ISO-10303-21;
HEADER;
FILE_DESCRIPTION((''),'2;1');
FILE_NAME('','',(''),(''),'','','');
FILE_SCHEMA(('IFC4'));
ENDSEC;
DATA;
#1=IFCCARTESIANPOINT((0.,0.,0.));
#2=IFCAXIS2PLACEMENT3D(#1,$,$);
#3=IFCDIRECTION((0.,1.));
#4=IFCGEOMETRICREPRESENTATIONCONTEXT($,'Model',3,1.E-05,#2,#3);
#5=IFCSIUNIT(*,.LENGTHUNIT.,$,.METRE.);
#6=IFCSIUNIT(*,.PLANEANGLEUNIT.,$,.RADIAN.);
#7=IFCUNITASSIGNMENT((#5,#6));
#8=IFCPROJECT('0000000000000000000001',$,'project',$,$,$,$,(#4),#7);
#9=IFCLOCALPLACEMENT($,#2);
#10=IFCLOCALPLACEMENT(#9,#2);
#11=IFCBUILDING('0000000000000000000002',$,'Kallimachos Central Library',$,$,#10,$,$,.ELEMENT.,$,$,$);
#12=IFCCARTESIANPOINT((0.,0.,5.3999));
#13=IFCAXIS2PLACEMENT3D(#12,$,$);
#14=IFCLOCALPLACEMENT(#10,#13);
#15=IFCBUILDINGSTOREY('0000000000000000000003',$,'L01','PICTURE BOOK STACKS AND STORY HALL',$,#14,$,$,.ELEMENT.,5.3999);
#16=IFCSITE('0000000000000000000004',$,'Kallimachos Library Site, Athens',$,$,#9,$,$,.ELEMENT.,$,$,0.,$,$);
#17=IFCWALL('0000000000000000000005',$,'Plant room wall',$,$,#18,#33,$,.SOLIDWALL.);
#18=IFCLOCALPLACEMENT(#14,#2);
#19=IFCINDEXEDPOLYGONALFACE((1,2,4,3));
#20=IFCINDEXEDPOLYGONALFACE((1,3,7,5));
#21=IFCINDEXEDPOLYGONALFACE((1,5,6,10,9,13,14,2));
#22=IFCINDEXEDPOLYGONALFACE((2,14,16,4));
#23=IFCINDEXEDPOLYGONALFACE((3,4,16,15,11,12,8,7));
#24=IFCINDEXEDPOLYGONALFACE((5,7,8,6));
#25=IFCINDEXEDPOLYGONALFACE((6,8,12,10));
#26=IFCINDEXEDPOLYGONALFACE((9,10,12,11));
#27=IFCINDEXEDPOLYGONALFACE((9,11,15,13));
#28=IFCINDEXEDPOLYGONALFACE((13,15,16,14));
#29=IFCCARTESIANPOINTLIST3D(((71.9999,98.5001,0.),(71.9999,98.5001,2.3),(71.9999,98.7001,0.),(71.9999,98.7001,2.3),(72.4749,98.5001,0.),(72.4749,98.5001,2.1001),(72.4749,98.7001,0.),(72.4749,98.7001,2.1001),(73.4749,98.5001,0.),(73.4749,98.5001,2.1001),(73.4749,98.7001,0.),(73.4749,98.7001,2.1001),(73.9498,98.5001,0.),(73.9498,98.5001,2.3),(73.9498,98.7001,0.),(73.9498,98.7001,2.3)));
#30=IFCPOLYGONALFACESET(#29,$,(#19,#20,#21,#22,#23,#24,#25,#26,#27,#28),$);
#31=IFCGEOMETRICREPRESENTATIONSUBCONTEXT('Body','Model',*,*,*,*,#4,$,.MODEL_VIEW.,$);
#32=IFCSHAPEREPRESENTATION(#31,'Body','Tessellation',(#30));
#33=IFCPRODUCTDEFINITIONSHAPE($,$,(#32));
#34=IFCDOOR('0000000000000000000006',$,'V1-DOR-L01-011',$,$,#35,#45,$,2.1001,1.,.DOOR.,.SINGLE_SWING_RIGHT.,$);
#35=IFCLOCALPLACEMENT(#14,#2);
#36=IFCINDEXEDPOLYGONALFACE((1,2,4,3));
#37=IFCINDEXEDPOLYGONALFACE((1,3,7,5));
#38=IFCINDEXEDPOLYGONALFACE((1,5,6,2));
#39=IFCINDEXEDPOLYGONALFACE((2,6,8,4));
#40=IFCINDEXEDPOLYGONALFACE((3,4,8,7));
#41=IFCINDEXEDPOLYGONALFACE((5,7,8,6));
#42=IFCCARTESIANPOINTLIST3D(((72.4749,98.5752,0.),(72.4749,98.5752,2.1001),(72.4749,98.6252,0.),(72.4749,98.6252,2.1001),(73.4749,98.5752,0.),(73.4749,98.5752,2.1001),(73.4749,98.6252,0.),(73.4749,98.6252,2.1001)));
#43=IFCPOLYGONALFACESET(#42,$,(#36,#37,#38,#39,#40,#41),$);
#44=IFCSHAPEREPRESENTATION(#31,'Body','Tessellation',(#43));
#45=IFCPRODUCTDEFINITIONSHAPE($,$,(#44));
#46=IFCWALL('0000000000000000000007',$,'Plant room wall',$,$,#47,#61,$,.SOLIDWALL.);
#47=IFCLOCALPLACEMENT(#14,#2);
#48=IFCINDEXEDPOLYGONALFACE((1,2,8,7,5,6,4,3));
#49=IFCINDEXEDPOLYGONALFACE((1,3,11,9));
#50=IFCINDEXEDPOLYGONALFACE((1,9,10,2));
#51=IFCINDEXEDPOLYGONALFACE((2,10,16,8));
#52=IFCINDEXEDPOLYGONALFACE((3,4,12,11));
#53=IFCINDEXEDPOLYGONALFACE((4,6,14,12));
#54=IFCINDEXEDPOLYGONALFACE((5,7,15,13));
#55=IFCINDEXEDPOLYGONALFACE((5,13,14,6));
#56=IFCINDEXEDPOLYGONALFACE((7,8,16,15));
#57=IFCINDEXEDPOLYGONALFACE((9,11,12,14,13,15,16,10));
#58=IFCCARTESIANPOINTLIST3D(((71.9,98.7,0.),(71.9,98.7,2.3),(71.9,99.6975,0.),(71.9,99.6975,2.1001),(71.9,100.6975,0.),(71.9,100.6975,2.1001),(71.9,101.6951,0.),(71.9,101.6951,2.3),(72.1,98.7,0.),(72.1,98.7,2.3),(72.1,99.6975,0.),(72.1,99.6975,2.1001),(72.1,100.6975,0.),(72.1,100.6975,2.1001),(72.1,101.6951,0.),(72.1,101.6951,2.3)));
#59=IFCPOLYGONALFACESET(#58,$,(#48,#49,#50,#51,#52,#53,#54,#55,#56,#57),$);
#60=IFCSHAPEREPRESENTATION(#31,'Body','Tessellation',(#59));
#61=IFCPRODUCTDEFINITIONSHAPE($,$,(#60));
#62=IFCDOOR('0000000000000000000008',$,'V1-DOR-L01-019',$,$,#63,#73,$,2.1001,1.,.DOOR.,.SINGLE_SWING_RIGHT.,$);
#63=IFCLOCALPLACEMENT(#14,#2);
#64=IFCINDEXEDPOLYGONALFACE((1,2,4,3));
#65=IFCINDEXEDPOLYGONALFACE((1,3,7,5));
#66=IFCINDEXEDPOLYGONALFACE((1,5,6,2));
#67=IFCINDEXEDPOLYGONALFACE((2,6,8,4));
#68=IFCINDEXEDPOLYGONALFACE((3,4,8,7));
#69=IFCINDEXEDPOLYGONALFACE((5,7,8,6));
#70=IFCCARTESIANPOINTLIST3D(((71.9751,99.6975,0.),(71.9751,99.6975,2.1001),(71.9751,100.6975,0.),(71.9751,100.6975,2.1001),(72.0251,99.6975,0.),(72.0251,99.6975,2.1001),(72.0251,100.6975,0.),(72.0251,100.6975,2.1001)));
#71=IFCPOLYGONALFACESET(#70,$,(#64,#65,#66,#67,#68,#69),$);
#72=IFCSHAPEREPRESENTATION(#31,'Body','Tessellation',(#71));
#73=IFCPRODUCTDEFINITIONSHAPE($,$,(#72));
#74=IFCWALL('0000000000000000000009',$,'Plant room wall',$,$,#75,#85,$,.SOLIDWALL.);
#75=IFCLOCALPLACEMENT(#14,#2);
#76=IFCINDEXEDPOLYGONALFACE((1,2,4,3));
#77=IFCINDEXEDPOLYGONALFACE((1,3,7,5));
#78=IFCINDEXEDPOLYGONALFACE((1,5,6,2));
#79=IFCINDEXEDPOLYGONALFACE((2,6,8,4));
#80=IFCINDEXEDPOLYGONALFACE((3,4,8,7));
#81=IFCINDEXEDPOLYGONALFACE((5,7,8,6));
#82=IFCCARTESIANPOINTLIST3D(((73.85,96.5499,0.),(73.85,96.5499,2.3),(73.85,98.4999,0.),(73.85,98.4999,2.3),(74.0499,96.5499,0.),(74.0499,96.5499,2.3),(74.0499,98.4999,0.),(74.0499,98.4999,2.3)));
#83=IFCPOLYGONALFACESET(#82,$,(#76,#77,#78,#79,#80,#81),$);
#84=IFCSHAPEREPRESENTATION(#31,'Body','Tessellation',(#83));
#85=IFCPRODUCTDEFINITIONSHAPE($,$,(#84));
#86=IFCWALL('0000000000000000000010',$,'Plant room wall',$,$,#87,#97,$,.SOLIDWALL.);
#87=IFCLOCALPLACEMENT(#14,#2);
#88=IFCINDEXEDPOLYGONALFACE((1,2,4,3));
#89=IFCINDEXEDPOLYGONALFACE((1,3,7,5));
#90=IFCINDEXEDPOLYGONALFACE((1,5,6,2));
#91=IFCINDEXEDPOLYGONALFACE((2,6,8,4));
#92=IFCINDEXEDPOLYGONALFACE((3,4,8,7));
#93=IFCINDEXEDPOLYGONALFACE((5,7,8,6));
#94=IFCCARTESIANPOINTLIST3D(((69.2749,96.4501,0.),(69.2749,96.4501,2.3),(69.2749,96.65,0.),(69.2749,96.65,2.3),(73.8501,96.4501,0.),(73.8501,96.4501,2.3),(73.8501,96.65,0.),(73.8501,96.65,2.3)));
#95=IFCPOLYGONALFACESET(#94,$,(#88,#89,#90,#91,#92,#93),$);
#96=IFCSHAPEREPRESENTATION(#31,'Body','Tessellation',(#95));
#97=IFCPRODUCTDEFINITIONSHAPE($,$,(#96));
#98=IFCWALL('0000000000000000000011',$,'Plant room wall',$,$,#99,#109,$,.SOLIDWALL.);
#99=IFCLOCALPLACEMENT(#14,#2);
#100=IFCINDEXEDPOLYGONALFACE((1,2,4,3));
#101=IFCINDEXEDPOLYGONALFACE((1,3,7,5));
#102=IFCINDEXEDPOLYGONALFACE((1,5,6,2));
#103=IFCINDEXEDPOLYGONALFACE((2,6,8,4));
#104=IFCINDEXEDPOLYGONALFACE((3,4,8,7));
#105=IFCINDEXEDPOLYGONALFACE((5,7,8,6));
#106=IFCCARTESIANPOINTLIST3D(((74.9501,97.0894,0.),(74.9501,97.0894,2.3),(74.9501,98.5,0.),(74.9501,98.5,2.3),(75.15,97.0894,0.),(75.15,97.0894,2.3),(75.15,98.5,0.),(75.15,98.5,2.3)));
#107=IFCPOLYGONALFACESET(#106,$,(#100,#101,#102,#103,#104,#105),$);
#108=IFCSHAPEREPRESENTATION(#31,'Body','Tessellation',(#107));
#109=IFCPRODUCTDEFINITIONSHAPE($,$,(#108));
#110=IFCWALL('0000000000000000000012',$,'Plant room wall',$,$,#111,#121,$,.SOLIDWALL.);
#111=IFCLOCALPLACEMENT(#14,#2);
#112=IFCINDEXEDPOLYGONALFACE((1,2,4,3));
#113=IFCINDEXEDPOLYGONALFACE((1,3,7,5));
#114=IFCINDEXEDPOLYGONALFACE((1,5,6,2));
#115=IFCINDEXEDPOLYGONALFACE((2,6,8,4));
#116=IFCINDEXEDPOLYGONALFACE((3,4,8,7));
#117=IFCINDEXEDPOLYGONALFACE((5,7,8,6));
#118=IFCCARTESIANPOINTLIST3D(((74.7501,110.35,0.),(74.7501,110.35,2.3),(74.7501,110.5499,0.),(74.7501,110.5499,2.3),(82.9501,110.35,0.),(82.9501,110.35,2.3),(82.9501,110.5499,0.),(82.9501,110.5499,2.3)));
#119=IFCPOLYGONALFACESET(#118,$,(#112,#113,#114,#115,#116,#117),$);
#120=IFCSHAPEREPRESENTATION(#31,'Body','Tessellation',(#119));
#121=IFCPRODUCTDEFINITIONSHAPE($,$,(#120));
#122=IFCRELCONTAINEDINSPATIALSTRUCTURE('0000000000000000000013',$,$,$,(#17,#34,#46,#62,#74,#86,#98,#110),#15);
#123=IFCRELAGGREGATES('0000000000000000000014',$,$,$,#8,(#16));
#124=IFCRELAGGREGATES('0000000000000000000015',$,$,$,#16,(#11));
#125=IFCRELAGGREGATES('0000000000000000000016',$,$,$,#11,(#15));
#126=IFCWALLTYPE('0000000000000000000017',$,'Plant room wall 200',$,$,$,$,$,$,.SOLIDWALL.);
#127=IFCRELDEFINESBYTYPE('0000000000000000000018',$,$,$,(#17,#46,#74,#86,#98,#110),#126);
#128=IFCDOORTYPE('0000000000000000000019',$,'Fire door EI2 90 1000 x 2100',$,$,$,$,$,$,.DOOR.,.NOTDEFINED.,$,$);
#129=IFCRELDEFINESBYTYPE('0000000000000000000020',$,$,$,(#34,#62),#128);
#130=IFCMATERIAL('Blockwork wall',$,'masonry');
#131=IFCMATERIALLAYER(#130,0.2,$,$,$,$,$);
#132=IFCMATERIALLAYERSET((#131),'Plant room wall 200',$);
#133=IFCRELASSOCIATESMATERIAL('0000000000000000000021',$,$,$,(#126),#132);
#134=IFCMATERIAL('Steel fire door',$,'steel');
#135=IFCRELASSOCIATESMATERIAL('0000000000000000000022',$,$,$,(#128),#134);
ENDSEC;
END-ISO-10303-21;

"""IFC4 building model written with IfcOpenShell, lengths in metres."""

from ifc_helpers import new_model, si_unit, direction, frame, frame_2d, origin, place, context, subcontext, project, spatial, rectangle, extrude, material, layer, layer_set, type_object, element, fill, save


model = new_model("IFC4")

# Units and contexts
model_context = context("Model", 3, precision=1e-05, world=origin(), true_north=direction((0.0, 1.0)))
body_context = subcontext(model_context, "Body", "Model", "MODEL_VIEW")
ifc_project = project(units=[si_unit("LENGTHUNIT", "METRE"), si_unit("PLANEANGLEUNIT", "RADIAN")], contexts=[model_context])

# Site, building, storey
site_placement = place(None, origin())
site = spatial("IfcSite", under=ifc_project, at=site_placement, Name="Kallimachos Library Site, Athens", CompositionType="ELEMENT", RefElevation=0.0)
building_placement = place(site_placement, origin())
building = spatial("IfcBuilding", under=site, at=building_placement, Name="Kallimachos Central Library", CompositionType="ELEMENT")
storey_placement = place(building_placement, frame((0.0, 0.0, 5.3999)))
storey = spatial("IfcBuildingStorey", under=building, at=storey_placement, Name="L01", Description="PICTURE BOOK STACKS AND STORY HALL", CompositionType="ELEMENT", Elevation=5.3999)

# Shared definitions
ifc_material_1 = material(Name="Blockwork wall", Category="masonry")
ifc_layer_1 = layer(ifc_material_1, 0.2)
ifc_layer_set_1 = layer_set([ifc_layer_1], Name="Plant room wall 200")
wall_type_1 = type_object("IfcWallType", Name="Plant room wall 200", PredefinedType="SOLIDWALL", material=ifc_layer_set_1)

# Shared definitions
ifc_material_2 = material(Name="Steel fire door", Category="steel")
door_type_1 = type_object("IfcDoorType", Name="Fire door EI2 90 1000 x 2100", OperationType="NOTDEFINED", PredefinedType="DOOR", material=ifc_material_2)

# Walls, openings, doors
wall_1_placement = place(storey_placement, frame((73.95, 98.6001, 0.0), z_axis=(0.0, 0.0, 1.0), x_axis=(-1.0, 0.0, 0.0)))
wall_1 = element("IfcWall", 1, at=wall_1_placement, inside=storey, type_object=wall_type_1, Name="Plant room wall", PredefinedType="SOLIDWALL", context=body_context, shape_type="SweptSolid", body=[
    extrude(rectangle(XDim=1.95, YDim=0.2, at=frame_2d((0.9751, 0.0))), origin(), (0.0, 0.0, 1.0), 2.3),
])
opening_1_placement = place(wall_1_placement, frame((0.4751, 0.0, 0.0)))
opening_1 = element("IfcOpeningElement", 2, at=opening_1_placement, cuts=wall_1, PredefinedType="OPENING", context=body_context, shape_type="SweptSolid", body=[
    extrude(rectangle(XDim=1.0, YDim=2.1001, at=frame_2d((0.5, 1.05))), frame((0.0, 0.1099, 0.0), z_axis=(0.0, -1.0, 0.0), x_axis=(1.0, 0.0, 0.0)), (0.0, 0.0, 1.0), 0.22),
])
door_1_placement = place(opening_1_placement, origin())
door_1 = element("IfcDoor", 3, at=door_1_placement, inside=storey, type_object=door_type_1, Name="V1-DOR-L01-011", OperationType="SINGLE_SWING_RIGHT", OverallHeight=2.1001, OverallWidth=1.0, PredefinedType="DOOR", context=body_context, shape_type="SweptSolid", body=[
    extrude(rectangle(XDim=1.0, YDim=2.1001, at=frame_2d((0.5, 1.05))), frame((0.0, 0.0249, 0.0), z_axis=(0.0, -1.0, 0.0), x_axis=(1.0, 0.0, 0.0)), (0.0, 0.0, 1.0), 0.05),
])
fill(opening_1, door_1)
wall_2_placement = place(storey_placement, frame((72.0, 98.7, 0.0), z_axis=(0.0, 0.0, 1.0), x_axis=(0.0, 1.0, 0.0)))
wall_2 = element("IfcWall", 4, at=wall_2_placement, inside=storey, type_object=wall_type_1, Name="Plant room wall", PredefinedType="SOLIDWALL", context=body_context, shape_type="SweptSolid", body=[
    extrude(rectangle(XDim=2.9951, YDim=0.2, at=frame_2d((1.4976, 0.0))), origin(), (0.0, 0.0, 1.0), 2.3),
])
opening_2_placement = place(wall_2_placement, frame((0.9976, 0.0, 0.0)))
opening_2 = element("IfcOpeningElement", 5, at=opening_2_placement, cuts=wall_2, PredefinedType="OPENING", context=body_context, shape_type="SweptSolid", body=[
    extrude(rectangle(XDim=1.0, YDim=2.1001, at=frame_2d((0.5, 1.05))), frame((0.0, 0.1099, 0.0), z_axis=(0.0, -1.0, 0.0), x_axis=(1.0, 0.0, 0.0)), (0.0, 0.0, 1.0), 0.22),
])
door_2_placement = place(opening_2_placement, origin())
door_2 = element("IfcDoor", 6, at=door_2_placement, inside=storey, type_object=door_type_1, Name="V1-DOR-L01-019", OperationType="SINGLE_SWING_RIGHT", OverallHeight=2.1001, OverallWidth=1.0, PredefinedType="DOOR", context=body_context, shape_type="SweptSolid", body=[
    extrude(rectangle(XDim=1.0, YDim=2.1001, at=frame_2d((0.5, 1.05))), frame((0.0, 0.0249, 0.0), z_axis=(0.0, -1.0, 0.0), x_axis=(1.0, 0.0, 0.0)), (0.0, 0.0, 1.0), 0.05),
])
fill(opening_2, door_2)

# Walls
wall_3_placement = place(storey_placement, frame((73.95, 98.5, 0.0), z_axis=(0.0, 0.0, 1.0), x_axis=(0.0, -1.0, 0.0)))
element("IfcWall", 7, at=wall_3_placement, inside=storey, type_object=wall_type_1, Name="Plant room wall", PredefinedType="SOLIDWALL", context=body_context, shape_type="SweptSolid", body=[
    extrude(rectangle(XDim=1.95, YDim=0.2, at=frame_2d((0.9751, 0.0))), origin(), (0.0, 0.0, 1.0), 2.3),
])
wall_4_placement = place(storey_placement, frame((73.8501, 96.55, 0.0), z_axis=(0.0, 0.0, 1.0), x_axis=(-1.0, 0.0, 0.0)))
element("IfcWall", 8, at=wall_4_placement, inside=storey, type_object=wall_type_1, Name="Plant room wall", PredefinedType="SOLIDWALL", context=body_context, shape_type="SweptSolid", body=[
    extrude(rectangle(XDim=4.5752, YDim=0.2, at=frame_2d((2.2876, 0.0))), origin(), (0.0, 0.0, 1.0), 2.3),
])
wall_5_placement = place(storey_placement, frame((75.05, 97.0894, 0.0), z_axis=(0.0, 0.0, 1.0), x_axis=(0.0, 1.0, 0.0)))
element("IfcWall", 9, at=wall_5_placement, inside=storey, type_object=wall_type_1, Name="Plant room wall", PredefinedType="SOLIDWALL", context=body_context, shape_type="SweptSolid", body=[
    extrude(rectangle(XDim=1.4106, YDim=0.2, at=frame_2d((0.7053, 0.0))), origin(), (0.0, 0.0, 1.0), 2.3),
])
wall_6_placement = place(storey_placement, frame((74.75, 110.45, 0.0), z_axis=(0.0, 0.0, 1.0), x_axis=(1.0, 0.0, 0.0)))
element("IfcWall", 10, at=wall_6_placement, inside=storey, type_object=wall_type_1, Name="Plant room wall", PredefinedType="SOLIDWALL", context=body_context, shape_type="SweptSolid", body=[
    extrude(rectangle(XDim=8.2, YDim=0.2, at=frame_2d((4.1001, 0.0))), origin(), (0.0, 0.0, 1.0), 2.3),
])

save(model, "model.ifc")
